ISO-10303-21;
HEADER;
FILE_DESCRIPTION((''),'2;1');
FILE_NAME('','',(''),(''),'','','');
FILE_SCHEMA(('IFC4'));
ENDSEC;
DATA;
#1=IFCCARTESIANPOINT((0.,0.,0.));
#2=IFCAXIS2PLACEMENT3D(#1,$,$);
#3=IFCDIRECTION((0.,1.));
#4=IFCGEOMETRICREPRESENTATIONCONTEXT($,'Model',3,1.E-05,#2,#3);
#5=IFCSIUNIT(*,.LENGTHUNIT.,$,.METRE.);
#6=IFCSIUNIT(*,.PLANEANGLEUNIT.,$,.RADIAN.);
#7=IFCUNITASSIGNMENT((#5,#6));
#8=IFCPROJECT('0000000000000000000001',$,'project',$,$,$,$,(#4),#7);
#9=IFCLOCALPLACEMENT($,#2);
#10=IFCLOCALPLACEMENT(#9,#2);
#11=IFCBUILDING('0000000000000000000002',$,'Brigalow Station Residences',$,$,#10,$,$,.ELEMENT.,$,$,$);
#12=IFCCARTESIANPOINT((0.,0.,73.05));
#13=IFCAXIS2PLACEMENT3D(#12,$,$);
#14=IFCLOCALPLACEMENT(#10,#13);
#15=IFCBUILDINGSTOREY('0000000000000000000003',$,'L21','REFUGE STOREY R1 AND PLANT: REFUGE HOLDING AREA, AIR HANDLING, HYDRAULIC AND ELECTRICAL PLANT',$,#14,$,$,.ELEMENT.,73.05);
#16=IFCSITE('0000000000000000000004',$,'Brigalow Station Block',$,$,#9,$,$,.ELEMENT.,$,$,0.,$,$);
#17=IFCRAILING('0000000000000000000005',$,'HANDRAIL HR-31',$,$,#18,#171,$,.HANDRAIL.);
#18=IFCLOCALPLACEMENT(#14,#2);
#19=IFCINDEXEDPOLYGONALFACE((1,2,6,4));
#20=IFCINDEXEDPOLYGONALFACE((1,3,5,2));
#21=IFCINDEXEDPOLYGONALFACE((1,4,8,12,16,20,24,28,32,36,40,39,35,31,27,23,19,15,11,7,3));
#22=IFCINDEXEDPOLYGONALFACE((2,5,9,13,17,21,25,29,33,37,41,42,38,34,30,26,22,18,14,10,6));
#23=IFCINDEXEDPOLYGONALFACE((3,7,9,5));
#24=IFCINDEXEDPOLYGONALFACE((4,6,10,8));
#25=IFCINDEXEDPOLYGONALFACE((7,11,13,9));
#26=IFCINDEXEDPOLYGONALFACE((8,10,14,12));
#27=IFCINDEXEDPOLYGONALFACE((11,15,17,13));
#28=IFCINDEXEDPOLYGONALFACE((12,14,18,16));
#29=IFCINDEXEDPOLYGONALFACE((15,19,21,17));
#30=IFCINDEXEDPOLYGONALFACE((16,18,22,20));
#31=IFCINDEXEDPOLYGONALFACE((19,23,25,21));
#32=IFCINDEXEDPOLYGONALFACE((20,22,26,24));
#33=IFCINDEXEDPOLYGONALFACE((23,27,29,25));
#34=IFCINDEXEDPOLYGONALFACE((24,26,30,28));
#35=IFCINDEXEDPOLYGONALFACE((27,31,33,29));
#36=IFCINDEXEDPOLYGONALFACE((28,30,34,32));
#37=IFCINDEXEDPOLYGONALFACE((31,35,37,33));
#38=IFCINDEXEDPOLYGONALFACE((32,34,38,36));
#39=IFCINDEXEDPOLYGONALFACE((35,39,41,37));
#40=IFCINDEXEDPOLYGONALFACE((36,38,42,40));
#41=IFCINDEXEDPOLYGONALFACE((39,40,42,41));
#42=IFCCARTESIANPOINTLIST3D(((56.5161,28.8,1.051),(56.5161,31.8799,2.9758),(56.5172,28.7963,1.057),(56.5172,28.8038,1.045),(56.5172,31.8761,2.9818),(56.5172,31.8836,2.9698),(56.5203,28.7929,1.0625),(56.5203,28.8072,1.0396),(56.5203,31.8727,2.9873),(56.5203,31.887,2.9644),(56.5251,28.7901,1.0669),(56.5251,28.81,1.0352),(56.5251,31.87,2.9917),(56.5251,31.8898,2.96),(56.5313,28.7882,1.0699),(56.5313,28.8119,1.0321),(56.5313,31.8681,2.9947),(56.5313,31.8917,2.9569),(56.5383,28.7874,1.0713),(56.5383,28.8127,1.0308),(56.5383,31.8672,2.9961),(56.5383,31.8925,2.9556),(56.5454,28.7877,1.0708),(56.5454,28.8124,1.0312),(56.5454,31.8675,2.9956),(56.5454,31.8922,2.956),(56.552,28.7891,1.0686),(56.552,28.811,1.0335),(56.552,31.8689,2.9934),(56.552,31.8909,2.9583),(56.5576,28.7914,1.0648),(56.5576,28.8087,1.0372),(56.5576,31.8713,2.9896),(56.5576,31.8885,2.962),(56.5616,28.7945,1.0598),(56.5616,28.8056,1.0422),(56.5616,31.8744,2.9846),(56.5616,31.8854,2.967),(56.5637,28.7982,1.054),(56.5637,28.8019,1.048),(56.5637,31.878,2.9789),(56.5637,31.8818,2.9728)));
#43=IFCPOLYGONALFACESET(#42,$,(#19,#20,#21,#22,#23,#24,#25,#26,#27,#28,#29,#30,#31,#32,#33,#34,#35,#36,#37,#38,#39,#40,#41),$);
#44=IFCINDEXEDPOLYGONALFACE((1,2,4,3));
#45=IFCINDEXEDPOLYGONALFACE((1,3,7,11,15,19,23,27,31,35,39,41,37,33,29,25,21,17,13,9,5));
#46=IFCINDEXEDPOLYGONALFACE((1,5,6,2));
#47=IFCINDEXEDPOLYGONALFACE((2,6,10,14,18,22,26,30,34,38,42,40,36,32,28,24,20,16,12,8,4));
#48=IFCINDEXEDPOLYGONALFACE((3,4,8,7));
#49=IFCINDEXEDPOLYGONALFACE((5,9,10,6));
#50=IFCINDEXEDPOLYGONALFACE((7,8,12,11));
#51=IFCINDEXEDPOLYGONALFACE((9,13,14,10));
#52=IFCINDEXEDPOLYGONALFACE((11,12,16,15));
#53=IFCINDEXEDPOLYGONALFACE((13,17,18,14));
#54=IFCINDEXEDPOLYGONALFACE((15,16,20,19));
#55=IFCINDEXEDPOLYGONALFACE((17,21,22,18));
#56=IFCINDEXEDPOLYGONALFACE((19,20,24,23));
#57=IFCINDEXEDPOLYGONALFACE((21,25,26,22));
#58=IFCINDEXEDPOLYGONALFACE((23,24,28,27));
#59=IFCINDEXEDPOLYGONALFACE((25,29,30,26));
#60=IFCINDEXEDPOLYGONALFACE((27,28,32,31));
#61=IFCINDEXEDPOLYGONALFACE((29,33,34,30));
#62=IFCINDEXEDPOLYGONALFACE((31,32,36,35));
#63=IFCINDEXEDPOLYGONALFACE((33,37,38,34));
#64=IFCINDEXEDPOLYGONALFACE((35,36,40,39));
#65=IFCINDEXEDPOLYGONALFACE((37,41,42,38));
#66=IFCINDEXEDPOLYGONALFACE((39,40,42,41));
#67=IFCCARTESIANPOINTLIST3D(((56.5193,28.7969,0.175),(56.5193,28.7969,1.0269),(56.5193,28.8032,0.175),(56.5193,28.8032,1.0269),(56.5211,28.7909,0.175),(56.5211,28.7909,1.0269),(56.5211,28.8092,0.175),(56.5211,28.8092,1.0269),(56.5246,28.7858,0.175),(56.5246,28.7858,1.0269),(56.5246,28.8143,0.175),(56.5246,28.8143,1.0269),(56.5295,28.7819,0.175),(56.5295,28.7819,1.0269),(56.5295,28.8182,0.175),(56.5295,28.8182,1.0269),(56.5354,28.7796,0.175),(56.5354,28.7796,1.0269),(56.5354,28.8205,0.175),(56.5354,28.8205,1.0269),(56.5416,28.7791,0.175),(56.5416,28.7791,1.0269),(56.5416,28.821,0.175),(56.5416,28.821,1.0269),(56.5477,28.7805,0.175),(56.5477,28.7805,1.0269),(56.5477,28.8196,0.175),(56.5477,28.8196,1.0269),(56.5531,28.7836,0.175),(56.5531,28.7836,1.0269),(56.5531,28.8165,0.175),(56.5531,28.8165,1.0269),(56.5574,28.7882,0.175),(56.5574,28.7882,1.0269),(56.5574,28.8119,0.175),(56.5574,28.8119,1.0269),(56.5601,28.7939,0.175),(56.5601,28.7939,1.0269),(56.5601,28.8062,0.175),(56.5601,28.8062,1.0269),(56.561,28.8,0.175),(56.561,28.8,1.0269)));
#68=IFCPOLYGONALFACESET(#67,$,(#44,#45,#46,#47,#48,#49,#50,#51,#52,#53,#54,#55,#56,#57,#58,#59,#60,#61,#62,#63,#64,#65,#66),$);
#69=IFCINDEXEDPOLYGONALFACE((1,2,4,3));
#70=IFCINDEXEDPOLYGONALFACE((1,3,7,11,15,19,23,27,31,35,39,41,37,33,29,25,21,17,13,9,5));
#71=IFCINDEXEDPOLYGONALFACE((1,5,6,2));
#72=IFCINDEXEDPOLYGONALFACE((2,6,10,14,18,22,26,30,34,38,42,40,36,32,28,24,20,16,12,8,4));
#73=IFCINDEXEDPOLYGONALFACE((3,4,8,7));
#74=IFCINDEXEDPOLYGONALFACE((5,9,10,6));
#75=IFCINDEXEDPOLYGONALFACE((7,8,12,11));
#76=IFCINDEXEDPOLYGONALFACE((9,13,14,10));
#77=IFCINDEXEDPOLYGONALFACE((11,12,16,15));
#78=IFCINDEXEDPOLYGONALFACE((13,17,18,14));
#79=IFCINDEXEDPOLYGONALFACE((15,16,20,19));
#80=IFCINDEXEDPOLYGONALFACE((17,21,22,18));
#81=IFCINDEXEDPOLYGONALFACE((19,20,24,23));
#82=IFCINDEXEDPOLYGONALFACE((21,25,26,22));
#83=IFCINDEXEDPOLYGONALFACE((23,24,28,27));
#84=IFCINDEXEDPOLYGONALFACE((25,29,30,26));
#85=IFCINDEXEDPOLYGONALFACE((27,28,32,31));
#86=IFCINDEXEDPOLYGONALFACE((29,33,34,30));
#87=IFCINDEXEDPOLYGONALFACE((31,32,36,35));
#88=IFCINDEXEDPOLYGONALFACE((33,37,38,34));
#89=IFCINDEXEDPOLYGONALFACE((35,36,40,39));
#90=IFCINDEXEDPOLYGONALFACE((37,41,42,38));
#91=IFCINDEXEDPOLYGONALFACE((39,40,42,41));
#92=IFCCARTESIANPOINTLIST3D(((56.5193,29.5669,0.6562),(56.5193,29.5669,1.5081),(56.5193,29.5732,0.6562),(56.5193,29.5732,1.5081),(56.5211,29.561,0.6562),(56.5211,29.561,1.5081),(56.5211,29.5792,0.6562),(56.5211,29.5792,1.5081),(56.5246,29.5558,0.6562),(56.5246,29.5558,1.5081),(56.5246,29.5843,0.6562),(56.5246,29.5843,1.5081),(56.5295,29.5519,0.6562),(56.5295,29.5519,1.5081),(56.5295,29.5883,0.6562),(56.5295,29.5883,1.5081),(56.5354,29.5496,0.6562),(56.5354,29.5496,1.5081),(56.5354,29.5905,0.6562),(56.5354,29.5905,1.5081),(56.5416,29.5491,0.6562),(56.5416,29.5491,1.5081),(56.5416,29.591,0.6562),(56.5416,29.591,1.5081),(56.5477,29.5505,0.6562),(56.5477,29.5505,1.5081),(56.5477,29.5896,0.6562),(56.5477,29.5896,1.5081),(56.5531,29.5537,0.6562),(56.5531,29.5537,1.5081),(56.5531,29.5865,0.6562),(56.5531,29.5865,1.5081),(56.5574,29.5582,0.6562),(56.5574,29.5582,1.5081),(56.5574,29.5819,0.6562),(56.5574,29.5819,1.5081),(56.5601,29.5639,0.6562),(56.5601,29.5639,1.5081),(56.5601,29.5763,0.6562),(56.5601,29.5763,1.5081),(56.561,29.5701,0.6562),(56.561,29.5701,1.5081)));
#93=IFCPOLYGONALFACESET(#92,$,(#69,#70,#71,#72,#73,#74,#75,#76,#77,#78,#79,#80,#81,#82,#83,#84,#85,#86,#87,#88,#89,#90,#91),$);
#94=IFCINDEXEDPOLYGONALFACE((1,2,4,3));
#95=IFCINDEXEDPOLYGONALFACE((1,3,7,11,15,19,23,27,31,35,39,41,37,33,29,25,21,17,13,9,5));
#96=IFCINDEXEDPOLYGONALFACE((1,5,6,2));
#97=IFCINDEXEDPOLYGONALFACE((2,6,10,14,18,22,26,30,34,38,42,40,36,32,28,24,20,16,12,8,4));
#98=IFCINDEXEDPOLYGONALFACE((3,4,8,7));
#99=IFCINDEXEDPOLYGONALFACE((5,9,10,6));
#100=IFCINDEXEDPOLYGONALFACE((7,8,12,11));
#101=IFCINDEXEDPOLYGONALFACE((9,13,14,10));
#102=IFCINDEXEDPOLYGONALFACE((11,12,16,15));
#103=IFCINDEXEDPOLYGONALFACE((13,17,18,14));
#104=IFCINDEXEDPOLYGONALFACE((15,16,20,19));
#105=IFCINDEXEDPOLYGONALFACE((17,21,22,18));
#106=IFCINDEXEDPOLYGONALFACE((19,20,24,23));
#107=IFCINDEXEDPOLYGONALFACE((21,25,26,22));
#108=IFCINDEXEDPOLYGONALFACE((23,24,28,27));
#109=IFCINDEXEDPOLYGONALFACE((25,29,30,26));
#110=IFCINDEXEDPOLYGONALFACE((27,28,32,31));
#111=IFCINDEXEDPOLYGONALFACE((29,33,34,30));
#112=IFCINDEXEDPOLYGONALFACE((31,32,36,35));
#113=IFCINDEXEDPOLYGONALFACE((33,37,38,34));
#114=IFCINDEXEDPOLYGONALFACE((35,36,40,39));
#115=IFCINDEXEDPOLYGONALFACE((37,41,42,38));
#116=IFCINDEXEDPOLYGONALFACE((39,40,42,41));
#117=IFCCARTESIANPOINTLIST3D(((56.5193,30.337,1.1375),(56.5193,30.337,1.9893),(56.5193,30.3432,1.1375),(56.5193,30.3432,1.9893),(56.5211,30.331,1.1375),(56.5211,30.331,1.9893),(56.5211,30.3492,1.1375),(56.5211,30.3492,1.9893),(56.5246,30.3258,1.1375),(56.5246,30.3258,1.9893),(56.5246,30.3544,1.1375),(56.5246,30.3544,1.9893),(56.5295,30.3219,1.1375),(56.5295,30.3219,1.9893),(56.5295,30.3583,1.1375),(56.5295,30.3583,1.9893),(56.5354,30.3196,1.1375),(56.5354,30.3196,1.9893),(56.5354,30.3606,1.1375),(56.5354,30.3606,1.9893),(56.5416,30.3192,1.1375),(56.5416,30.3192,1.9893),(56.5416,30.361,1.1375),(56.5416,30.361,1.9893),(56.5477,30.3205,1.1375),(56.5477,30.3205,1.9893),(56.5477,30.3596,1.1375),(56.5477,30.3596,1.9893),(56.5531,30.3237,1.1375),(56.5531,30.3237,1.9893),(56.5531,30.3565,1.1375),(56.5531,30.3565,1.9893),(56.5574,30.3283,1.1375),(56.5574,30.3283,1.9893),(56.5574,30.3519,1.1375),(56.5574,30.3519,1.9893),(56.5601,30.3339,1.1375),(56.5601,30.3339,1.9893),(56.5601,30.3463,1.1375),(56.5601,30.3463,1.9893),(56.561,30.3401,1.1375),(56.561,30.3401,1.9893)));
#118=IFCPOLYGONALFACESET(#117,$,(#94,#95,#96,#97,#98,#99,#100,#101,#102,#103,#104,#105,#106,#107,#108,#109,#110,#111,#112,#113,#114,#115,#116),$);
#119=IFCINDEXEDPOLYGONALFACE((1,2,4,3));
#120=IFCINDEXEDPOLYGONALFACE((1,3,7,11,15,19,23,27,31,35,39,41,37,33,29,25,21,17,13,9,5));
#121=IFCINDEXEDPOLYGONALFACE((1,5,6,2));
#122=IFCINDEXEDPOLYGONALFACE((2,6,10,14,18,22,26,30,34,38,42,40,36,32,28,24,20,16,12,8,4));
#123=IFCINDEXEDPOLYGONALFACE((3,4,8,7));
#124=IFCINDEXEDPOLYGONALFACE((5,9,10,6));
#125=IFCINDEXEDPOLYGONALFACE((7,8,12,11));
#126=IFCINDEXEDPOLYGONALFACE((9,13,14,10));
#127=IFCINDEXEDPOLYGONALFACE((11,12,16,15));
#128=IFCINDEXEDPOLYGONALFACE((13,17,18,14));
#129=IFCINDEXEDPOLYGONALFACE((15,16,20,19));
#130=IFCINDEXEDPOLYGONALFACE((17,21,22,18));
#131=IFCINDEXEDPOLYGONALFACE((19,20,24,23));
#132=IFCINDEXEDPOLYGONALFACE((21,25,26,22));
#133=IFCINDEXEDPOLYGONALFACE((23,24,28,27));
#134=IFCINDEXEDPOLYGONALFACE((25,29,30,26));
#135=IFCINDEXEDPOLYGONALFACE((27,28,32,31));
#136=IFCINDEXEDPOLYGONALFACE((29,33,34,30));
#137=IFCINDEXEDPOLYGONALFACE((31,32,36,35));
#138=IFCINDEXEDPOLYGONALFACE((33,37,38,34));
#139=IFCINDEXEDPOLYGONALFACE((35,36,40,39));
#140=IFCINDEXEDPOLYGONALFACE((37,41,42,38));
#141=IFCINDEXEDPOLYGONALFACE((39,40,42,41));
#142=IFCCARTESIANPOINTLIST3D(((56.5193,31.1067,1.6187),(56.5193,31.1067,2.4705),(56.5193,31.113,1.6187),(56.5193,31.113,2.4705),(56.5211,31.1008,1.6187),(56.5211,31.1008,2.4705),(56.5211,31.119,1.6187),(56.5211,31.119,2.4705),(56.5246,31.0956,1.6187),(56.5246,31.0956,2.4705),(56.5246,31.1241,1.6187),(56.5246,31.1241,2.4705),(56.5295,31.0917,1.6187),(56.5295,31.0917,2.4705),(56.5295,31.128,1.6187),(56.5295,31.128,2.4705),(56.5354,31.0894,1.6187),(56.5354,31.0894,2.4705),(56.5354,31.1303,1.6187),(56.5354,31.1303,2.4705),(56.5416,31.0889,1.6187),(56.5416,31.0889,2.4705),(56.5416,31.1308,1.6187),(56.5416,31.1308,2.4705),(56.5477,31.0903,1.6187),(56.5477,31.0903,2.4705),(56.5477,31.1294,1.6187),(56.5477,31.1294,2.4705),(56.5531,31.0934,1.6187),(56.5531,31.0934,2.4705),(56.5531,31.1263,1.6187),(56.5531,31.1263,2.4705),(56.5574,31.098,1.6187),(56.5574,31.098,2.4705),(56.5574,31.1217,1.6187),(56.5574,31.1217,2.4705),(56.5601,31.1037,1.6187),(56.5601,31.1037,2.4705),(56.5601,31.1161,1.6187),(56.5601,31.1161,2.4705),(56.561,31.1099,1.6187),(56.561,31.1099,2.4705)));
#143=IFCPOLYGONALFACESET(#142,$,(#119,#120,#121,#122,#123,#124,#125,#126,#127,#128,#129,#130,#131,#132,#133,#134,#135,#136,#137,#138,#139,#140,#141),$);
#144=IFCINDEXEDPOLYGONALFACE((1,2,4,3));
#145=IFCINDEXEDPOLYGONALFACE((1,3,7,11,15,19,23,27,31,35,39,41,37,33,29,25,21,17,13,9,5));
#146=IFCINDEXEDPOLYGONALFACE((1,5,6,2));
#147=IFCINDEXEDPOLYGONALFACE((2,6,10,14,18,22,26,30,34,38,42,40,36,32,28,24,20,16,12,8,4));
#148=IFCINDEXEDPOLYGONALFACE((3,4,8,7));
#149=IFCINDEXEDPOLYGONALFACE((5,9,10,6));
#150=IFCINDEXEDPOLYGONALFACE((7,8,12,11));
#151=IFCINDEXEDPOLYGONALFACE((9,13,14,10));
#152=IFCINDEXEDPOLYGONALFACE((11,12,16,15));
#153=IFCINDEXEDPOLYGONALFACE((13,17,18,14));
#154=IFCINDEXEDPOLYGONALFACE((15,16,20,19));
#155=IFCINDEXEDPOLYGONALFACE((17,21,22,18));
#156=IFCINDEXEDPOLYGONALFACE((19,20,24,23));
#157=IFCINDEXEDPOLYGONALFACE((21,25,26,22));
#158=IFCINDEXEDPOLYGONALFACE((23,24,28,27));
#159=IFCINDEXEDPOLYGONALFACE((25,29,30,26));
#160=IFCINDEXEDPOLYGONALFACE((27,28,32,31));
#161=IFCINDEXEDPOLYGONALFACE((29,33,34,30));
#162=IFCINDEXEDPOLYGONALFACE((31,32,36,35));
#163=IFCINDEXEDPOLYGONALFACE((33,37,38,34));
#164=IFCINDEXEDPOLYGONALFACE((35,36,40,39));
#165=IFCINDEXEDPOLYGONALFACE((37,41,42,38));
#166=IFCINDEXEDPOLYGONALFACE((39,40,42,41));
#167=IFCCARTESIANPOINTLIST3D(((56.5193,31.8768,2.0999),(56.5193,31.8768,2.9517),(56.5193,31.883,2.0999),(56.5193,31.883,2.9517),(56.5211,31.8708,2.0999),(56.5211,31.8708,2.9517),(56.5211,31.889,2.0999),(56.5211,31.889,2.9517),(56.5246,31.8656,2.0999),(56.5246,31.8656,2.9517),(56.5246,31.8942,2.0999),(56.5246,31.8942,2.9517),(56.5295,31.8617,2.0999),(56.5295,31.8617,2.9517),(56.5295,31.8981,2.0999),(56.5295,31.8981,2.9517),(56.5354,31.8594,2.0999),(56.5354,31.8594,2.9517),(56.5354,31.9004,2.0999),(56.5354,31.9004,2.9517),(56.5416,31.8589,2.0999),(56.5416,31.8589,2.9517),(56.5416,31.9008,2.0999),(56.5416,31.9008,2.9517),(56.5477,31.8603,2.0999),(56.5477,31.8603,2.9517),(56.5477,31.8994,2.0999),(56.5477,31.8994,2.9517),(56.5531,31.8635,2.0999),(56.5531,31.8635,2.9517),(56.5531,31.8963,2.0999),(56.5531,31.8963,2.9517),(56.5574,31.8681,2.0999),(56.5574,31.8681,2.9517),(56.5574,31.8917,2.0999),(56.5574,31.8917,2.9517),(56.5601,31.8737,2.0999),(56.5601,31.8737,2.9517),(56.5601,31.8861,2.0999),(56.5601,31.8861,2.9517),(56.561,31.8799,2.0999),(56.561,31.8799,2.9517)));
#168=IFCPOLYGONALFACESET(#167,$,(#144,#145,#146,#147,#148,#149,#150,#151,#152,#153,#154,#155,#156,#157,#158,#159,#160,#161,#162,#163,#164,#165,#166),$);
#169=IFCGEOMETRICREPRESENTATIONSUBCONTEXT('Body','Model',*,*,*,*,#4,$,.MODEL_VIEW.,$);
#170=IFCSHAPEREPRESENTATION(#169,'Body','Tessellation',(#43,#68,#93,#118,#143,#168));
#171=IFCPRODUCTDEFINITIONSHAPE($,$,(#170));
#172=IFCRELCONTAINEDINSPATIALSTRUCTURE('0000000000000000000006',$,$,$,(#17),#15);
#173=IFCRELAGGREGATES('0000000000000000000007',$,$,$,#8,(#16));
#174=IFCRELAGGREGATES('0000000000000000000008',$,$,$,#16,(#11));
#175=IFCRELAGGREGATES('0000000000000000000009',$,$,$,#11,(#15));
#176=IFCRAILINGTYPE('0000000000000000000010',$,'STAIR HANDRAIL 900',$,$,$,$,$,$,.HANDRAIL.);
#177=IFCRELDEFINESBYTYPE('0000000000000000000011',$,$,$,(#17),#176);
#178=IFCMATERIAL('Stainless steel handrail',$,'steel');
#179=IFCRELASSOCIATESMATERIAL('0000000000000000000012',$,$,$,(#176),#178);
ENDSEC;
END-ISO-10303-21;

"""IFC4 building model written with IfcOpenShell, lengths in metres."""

from ifc_helpers import new_model, si_unit, direction, frame, origin, origin_2d, place, context, subcontext, project, spatial, circle, extrude, material, type_object, element, save


model = new_model("IFC4")

# Units and contexts
model_context = context("Model", 3, precision=1e-05, world=origin(), true_north=direction((0.0, 1.0)))
body_context = subcontext(model_context, "Body", "Model", "MODEL_VIEW")
ifc_project = project(units=[si_unit("LENGTHUNIT", "METRE"), si_unit("PLANEANGLEUNIT", "RADIAN")], contexts=[model_context])

# Site, building, storey
site_placement = place(None, origin())
site = spatial("IfcSite", under=ifc_project, at=site_placement, Name="Brigalow Station Block", CompositionType="ELEMENT", RefElevation=0.0)
building_placement = place(site_placement, origin())
building = spatial("IfcBuilding", under=site, at=building_placement, Name="Brigalow Station Residences", CompositionType="ELEMENT")
storey_placement = place(building_placement, frame((0.0, 0.0, 73.05)))
storey = spatial("IfcBuildingStorey", under=building, at=storey_placement, Name="L21", Description="REFUGE STOREY R1 AND PLANT: REFUGE HOLDING AREA, AIR HANDLING, HYDRAULIC AND ELECTRICAL PLANT", CompositionType="ELEMENT", Elevation=73.05)

# Railing
ifc_material_1 = material(Name="Stainless steel handrail", Category="steel")
railing_type_1 = type_object("IfcRailingType", Name="STAIR HANDRAIL 900", PredefinedType="HANDRAIL", material=ifc_material_1)
railing_1_placement = place(storey_placement, frame((56.54, 28.8, 0.175)))
element("IfcRailing", 1, at=railing_1_placement, inside=storey, type_object=railing_type_1, Name="HANDRAIL HR-31", PredefinedType="HANDRAIL", context=body_context, shape_type="SweptSolid", body=[
    extrude(circle(Radius=0.0239, at=origin_2d()), frame((0.0, 0.0, 0.876), z_axis=(0.0, 0.84801, 0.529981), x_axis=(-1.0, 0.0, 0.0)), (0.0, 0.0, 1.0), 3.6318),
    extrude(circle(Radius=0.021, at=origin_2d()), origin(), (0.0, 0.0, 1.0), 0.8518),
    extrude(circle(Radius=0.021, at=origin_2d()), frame((0.0, 0.77, 0.4812)), (0.0, 0.0, 1.0), 0.8518),
    extrude(circle(Radius=0.021, at=origin_2d()), frame((0.0, 1.54, 0.9624)), (0.0, 0.0, 1.0), 0.8518),
    extrude(circle(Radius=0.021, at=origin_2d()), frame((0.0, 2.3098, 1.4436)), (0.0, 0.0, 1.0), 0.8518),
    extrude(circle(Radius=0.021, at=origin_2d()), frame((0.0, 3.0798, 1.9248)), (0.0, 0.0, 1.0), 0.8518),
])

save(model, "model.ifc")
